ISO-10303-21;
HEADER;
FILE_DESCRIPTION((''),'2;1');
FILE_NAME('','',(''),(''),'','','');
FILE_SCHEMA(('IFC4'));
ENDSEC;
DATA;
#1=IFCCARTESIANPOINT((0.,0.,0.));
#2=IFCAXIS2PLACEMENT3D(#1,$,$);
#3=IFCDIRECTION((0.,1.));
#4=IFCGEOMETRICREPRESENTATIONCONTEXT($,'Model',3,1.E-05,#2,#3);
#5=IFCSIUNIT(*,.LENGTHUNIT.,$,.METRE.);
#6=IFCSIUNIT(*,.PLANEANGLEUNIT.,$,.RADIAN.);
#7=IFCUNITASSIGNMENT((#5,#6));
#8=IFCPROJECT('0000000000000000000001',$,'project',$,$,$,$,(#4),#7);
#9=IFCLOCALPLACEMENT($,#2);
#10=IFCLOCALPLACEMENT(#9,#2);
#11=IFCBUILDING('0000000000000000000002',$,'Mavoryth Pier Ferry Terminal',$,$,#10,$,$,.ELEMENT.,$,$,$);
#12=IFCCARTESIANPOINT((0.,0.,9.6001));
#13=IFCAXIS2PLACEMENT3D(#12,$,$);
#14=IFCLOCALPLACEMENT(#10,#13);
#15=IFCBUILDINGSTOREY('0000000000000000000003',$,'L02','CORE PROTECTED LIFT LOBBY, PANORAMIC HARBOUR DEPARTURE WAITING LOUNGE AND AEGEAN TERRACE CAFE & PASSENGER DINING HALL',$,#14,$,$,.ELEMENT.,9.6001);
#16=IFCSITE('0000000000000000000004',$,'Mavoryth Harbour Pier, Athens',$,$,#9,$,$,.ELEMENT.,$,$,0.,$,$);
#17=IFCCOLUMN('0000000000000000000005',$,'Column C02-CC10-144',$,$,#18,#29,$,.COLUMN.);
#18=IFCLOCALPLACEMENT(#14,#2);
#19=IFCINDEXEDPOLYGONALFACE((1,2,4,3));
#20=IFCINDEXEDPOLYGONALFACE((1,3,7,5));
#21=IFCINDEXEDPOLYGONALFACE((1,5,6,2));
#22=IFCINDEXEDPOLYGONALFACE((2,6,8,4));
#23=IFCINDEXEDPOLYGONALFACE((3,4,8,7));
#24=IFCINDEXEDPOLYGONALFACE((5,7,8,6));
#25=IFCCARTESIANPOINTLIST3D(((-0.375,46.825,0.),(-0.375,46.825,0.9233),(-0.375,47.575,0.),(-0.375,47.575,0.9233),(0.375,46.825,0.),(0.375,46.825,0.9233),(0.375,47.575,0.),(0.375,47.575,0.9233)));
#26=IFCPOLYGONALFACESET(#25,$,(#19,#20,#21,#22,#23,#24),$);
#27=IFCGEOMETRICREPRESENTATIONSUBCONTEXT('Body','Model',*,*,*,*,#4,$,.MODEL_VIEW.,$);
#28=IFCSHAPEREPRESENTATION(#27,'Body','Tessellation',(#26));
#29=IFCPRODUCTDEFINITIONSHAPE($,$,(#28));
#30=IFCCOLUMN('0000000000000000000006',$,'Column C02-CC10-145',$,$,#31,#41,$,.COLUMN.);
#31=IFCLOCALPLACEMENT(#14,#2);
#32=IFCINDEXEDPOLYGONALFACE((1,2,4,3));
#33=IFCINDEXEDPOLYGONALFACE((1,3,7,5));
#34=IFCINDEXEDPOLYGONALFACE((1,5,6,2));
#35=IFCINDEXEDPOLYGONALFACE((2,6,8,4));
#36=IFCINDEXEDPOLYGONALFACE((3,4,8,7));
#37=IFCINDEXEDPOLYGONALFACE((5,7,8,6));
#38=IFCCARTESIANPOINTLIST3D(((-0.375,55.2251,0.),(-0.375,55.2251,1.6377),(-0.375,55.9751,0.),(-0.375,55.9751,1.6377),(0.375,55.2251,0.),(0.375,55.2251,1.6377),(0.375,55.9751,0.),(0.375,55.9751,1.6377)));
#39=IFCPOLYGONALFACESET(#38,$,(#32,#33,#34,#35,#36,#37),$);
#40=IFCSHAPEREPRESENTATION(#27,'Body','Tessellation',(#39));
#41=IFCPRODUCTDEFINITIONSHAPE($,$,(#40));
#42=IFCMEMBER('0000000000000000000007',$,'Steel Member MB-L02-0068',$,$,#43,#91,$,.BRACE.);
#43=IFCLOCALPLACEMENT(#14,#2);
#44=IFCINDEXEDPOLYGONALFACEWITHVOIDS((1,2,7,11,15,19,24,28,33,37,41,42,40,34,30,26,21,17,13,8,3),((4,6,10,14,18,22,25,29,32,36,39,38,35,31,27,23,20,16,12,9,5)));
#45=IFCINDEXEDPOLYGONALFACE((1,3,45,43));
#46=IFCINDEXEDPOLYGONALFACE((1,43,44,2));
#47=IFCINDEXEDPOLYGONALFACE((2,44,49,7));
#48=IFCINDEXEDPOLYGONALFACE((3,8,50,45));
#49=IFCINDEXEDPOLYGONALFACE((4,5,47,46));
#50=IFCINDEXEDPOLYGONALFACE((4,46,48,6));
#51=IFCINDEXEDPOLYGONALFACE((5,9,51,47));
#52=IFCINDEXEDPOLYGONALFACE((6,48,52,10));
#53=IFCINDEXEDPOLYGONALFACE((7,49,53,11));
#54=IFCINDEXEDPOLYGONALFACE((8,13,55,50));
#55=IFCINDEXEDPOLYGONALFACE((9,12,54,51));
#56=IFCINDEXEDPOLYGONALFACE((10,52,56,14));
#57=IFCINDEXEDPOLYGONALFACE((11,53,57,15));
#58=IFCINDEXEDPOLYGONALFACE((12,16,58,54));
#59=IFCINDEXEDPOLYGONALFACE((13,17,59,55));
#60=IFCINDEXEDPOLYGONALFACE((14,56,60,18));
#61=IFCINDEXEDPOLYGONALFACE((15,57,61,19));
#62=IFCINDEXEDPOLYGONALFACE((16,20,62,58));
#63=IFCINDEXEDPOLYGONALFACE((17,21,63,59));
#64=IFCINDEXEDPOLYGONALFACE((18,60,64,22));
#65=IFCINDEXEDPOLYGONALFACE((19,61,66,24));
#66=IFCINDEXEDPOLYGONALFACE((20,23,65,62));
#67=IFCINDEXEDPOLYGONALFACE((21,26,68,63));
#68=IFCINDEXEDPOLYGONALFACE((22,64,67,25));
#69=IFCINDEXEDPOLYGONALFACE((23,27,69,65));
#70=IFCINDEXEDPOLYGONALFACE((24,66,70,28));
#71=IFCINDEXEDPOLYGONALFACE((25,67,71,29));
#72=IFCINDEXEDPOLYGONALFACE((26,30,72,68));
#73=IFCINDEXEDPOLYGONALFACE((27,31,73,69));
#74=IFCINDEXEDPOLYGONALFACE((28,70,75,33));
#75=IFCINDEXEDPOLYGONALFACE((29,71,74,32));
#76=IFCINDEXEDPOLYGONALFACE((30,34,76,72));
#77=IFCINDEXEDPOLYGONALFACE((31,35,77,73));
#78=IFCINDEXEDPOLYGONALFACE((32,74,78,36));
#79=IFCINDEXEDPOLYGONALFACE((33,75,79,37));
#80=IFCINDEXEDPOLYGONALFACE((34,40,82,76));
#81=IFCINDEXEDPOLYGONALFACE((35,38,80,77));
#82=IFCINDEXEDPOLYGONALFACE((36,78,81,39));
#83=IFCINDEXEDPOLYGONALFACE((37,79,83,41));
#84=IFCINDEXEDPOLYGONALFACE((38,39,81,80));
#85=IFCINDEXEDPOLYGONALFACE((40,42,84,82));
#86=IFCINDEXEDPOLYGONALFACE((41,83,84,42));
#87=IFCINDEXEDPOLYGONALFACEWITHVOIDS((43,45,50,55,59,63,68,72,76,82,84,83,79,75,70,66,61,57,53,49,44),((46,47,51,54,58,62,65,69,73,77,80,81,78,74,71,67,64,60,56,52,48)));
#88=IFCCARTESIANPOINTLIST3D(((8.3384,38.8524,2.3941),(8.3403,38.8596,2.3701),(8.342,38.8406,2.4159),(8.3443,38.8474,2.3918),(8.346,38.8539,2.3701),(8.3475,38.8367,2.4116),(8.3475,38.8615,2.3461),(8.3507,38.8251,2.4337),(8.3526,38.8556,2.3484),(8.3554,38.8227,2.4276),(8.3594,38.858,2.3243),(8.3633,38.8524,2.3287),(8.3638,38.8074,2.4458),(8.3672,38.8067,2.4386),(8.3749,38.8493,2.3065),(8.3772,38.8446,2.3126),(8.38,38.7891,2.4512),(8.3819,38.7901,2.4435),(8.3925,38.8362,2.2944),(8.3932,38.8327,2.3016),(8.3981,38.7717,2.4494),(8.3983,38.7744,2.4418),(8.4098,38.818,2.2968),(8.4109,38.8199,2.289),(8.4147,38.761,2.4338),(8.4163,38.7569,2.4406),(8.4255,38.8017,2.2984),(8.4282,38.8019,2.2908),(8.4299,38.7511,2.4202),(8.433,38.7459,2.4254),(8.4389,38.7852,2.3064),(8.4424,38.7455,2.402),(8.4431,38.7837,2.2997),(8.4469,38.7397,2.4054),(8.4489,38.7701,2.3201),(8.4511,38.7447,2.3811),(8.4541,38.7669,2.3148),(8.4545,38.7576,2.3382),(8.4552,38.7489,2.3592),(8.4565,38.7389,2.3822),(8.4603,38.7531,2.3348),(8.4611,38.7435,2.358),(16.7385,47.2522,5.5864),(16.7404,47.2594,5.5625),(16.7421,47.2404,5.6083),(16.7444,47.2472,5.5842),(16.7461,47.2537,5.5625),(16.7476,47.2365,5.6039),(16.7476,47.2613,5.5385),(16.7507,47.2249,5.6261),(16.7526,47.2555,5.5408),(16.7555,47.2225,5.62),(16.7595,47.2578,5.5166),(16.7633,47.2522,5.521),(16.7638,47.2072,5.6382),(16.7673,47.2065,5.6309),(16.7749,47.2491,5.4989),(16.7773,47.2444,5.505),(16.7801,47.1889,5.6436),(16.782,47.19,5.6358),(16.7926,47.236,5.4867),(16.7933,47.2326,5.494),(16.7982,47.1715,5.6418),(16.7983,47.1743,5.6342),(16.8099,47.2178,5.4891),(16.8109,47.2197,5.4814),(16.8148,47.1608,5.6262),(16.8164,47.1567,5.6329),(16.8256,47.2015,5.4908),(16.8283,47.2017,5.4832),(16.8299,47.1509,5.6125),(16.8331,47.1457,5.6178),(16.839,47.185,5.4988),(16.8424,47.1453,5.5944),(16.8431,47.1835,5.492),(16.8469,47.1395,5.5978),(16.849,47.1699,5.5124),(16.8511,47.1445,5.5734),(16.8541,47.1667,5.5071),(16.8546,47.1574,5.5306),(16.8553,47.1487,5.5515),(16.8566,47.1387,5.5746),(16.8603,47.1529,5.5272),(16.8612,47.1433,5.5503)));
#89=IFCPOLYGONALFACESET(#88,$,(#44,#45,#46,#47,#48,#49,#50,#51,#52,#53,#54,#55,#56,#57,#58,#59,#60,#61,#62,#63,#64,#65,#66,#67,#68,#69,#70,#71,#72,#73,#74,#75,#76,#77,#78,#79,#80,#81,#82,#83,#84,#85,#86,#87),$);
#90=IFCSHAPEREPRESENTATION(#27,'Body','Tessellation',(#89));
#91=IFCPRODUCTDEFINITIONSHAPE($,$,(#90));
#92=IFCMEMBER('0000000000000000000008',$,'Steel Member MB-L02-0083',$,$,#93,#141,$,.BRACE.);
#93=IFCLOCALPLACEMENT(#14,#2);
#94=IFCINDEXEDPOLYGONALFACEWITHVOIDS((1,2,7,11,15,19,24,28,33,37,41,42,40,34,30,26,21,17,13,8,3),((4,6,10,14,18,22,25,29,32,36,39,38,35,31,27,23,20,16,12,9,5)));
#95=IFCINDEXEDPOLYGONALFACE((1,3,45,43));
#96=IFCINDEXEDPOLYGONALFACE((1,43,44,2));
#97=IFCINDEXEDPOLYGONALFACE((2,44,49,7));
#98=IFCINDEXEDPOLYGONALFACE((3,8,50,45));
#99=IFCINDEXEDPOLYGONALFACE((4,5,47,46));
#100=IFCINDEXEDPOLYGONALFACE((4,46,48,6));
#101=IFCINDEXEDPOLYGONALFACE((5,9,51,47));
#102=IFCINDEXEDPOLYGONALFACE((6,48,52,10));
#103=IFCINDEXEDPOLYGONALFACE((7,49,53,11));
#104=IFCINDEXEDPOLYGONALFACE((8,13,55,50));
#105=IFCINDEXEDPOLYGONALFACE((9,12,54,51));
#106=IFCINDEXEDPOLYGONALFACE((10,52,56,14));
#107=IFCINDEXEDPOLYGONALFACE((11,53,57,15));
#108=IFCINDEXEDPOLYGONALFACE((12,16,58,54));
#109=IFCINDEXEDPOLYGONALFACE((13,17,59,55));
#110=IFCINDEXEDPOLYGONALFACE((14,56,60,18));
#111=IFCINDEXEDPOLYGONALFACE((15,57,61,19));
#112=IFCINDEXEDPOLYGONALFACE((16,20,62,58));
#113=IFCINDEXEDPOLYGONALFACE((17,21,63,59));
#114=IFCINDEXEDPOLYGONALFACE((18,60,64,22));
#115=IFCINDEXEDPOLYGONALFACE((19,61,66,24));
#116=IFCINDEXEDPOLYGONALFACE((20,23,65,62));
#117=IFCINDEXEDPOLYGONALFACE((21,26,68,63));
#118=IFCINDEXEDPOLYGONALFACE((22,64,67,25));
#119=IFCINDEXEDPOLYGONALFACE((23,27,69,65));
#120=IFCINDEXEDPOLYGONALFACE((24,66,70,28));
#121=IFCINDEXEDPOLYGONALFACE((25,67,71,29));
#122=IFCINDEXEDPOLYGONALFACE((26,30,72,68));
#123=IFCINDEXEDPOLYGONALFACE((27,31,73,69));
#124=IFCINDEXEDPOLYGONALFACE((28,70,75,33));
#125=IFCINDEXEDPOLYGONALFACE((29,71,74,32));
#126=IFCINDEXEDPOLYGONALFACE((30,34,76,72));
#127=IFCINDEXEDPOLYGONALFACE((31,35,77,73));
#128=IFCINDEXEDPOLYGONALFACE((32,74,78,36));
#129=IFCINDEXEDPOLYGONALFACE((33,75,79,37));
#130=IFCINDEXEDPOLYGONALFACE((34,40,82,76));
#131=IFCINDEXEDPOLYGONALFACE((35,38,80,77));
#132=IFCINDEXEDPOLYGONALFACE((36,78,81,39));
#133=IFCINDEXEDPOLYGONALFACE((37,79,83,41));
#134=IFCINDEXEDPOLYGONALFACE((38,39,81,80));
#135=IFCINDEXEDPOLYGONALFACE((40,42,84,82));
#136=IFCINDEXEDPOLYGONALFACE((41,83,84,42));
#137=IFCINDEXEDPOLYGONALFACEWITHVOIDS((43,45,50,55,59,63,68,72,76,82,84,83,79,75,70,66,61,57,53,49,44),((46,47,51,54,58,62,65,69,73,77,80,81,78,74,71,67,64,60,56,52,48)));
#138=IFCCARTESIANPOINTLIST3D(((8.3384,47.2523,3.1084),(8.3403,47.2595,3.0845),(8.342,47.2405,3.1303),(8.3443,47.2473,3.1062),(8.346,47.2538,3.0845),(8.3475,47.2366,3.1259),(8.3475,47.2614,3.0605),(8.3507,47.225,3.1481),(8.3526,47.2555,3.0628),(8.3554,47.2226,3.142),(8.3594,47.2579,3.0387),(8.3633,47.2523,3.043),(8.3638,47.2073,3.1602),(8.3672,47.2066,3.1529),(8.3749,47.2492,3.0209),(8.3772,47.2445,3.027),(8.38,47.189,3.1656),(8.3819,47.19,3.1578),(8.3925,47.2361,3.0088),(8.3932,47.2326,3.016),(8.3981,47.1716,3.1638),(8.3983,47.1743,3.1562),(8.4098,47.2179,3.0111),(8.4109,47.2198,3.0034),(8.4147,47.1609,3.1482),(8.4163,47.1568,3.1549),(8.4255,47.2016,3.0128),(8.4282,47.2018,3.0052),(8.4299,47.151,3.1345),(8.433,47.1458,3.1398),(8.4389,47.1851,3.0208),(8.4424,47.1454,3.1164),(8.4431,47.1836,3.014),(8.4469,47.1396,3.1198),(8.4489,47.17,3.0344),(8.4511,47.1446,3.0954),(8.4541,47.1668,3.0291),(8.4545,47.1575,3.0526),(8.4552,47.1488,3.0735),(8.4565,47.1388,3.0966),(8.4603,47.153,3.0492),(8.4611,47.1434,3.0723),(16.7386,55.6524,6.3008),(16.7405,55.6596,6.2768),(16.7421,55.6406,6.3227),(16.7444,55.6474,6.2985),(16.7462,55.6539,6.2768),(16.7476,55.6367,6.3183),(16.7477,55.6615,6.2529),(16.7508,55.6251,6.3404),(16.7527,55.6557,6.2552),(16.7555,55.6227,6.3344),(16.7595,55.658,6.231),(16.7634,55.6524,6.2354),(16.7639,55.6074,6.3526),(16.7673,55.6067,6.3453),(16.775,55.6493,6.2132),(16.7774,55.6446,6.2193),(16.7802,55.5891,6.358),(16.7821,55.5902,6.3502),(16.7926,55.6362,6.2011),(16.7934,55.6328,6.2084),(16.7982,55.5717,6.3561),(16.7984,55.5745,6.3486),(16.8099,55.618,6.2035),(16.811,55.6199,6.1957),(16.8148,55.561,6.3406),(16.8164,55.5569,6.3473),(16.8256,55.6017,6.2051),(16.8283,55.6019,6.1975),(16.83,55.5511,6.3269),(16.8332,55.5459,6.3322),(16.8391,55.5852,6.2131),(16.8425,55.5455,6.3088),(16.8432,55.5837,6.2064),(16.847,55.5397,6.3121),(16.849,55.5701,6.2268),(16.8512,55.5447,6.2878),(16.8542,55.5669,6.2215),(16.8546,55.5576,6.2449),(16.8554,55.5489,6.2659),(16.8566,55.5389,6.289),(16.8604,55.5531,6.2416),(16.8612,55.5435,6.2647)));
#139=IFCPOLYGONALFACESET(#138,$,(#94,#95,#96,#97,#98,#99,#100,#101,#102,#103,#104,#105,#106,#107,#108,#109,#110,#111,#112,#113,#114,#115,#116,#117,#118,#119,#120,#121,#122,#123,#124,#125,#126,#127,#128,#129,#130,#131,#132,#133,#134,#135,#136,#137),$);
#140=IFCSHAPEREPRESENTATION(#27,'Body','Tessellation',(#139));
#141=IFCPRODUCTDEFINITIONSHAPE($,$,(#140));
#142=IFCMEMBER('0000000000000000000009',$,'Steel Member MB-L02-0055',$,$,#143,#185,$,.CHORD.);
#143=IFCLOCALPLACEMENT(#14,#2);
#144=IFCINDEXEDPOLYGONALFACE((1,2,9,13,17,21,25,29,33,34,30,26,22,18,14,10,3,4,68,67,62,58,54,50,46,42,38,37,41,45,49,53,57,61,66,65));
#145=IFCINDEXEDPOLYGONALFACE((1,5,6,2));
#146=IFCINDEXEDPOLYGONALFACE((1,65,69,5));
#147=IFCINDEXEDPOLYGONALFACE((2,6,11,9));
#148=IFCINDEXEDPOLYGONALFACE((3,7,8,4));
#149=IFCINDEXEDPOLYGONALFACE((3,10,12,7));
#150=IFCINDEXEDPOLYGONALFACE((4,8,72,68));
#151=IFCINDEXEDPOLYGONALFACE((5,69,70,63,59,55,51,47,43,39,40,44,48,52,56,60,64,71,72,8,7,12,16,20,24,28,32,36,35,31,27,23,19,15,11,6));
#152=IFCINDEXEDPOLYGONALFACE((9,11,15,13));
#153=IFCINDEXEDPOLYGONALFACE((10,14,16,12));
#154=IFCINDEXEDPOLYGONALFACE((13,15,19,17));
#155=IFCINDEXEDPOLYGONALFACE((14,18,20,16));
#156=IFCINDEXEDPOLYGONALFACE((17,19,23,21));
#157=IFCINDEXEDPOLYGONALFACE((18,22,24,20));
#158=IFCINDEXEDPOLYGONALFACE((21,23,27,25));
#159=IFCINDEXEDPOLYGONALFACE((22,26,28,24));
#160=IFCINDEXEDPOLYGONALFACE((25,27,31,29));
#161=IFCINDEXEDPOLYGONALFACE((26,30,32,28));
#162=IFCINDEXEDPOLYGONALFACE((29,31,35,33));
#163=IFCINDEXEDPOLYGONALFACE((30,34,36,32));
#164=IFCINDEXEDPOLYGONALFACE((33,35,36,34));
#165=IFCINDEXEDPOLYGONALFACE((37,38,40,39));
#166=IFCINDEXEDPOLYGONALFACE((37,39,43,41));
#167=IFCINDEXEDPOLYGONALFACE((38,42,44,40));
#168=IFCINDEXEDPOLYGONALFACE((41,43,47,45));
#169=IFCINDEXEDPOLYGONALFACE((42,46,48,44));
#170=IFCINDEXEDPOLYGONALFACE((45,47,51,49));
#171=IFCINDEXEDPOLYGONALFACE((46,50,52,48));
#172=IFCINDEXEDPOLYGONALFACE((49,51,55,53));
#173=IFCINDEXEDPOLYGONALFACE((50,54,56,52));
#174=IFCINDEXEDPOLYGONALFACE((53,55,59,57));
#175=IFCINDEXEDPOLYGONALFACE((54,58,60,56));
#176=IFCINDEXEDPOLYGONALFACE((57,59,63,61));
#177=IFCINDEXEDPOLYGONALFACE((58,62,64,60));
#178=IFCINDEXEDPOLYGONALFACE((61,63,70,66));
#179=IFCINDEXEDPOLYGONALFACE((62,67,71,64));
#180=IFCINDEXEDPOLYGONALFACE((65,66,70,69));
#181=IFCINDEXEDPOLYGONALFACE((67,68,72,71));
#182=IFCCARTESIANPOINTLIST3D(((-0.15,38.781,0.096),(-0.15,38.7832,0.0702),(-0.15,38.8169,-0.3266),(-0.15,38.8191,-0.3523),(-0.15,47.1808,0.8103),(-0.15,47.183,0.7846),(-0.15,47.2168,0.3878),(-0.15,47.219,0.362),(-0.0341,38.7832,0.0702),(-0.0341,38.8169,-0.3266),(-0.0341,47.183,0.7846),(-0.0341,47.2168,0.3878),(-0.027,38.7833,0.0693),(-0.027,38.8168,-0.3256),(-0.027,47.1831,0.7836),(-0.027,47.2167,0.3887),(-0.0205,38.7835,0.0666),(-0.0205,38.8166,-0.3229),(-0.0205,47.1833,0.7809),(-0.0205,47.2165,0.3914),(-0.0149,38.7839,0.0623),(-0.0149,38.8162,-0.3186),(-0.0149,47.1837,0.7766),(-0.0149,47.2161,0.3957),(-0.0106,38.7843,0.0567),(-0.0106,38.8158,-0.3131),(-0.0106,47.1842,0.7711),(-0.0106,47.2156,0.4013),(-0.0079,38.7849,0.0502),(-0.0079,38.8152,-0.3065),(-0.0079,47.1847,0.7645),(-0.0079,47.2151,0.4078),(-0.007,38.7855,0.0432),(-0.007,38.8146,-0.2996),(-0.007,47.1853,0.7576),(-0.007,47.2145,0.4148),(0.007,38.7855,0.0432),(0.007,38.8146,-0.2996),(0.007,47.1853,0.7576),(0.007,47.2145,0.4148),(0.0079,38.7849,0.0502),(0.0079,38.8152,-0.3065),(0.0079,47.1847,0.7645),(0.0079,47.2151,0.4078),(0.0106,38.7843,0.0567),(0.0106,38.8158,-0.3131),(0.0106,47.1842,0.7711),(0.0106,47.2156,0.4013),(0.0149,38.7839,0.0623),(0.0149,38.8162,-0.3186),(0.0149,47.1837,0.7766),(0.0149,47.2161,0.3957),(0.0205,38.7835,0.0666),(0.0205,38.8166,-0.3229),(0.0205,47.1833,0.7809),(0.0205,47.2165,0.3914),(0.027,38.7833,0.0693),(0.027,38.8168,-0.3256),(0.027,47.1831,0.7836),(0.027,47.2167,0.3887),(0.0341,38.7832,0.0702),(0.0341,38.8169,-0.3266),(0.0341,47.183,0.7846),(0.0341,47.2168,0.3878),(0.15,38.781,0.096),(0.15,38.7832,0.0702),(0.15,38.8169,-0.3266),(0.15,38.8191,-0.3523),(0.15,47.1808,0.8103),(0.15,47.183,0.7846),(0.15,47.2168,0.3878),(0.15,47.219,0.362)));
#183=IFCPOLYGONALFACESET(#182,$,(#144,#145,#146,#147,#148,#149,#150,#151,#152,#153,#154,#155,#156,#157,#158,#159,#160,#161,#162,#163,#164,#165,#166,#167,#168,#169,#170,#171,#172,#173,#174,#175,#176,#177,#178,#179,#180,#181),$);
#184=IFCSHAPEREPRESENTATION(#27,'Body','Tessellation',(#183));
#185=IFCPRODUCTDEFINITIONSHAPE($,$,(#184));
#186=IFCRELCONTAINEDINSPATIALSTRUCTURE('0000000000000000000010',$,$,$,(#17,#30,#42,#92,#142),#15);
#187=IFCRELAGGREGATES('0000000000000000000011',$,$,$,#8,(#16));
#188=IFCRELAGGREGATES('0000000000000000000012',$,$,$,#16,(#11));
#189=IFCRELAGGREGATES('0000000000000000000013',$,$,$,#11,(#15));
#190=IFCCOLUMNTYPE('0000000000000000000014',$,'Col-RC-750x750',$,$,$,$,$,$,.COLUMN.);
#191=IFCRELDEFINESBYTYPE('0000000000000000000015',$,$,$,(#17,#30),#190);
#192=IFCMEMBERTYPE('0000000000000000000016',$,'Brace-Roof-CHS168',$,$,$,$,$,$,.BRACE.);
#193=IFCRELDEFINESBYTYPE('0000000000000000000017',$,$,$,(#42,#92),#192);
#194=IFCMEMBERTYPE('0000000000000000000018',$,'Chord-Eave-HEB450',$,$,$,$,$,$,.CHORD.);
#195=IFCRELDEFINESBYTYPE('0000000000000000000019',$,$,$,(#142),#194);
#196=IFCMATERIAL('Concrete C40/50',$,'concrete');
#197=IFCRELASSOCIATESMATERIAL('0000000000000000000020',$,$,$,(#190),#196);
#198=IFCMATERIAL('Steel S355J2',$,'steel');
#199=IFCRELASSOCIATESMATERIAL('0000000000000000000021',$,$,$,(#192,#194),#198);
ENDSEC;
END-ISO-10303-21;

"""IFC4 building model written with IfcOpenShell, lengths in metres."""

from ifc_helpers import new_model, si_unit, direction, frame, origin, origin_2d, place, context, subcontext, project, spatial, rectangle, hollow_circle, i_section, extrude, material, material_profile, profile_set, type_object, element, save


model = new_model("IFC4")

# Units and contexts
model_context = context("Model", 3, precision=1e-05, world=origin(), true_north=direction((0.0, 1.0)))
body_context = subcontext(model_context, "Body", "Model", "MODEL_VIEW")
ifc_project = project(units=[si_unit("LENGTHUNIT", "METRE"), si_unit("PLANEANGLEUNIT", "RADIAN")], contexts=[model_context])

# Site, building, storey
site_placement = place(None, origin())
site = spatial("IfcSite", under=ifc_project, at=site_placement, Name="Mavoryth Harbour Pier, Athens", CompositionType="ELEMENT", RefElevation=0.0)
building_placement = place(site_placement, origin())
building = spatial("IfcBuilding", under=site, at=building_placement, Name="Mavoryth Pier Ferry Terminal", CompositionType="ELEMENT")
storey_placement = place(building_placement, frame((0.0, 0.0, 9.6001)))
storey = spatial("IfcBuildingStorey", under=building, at=storey_placement, Name="L02", Description="CORE PROTECTED LIFT LOBBY, PANORAMIC HARBOUR DEPARTURE WAITING LOUNGE AND AEGEAN TERRACE CAFE & PASSENGER DINING HALL", CompositionType="ELEMENT", Elevation=9.6001)

# Columns
ifc_material_1 = material(Name="Concrete C40/50", Category="concrete")
ifc_material_profile_1 = material_profile(ifc_material_1, rectangle(XDim=0.75, YDim=0.75, at=origin_2d()), Name="RC 750x750", Category="concrete")
ifc_profile_set_1 = profile_set([ifc_material_profile_1], Name="Concrete C40/50 - RC 750x750")
column_type = type_object("IfcColumnType", Name="Col-RC-750x750", PredefinedType="COLUMN", material=ifc_profile_set_1)
column_1_placement = place(storey_placement, frame((0.0, 47.2, 0.0), z_axis=(0.0, 0.0, 1.0), x_axis=(1.0, 0.0, 0.0)))
element("IfcColumn", 1, at=column_1_placement, inside=storey, type_object=column_type, Name="Column C02-CC10-144", PredefinedType="COLUMN", context=body_context, shape_type="SweptSolid", body=[
    extrude(rectangle(XDim=0.75, YDim=0.75, at=origin_2d()), origin(), (0.0, 0.0, 1.0), 0.9233),
])
column_2_placement = place(storey_placement, frame((0.0, 55.6001, 0.0), z_axis=(0.0, 0.0, 1.0), x_axis=(1.0, 0.0, 0.0)))
element("IfcColumn", 2, at=column_2_placement, inside=storey, type_object=column_type, Name="Column C02-CC10-145", PredefinedType="COLUMN", context=body_context, shape_type="SweptSolid", body=[
    extrude(rectangle(XDim=0.75, YDim=0.75, at=origin_2d()), origin(), (0.0, 0.0, 1.0), 1.6377),
])

# Members
ifc_material_2 = material(Name="Steel S355J2", Category="steel")
ifc_material_profile_2 = material_profile(ifc_material_2, hollow_circle(Radius=0.0842, WallThickness=0.0081, at=origin_2d()), Name="CHS 168.3x8.0", Category="steel")
ifc_profile_set_2 = profile_set([ifc_material_profile_2], Name="Steel S355J2 - CHS 168.3x8.0")
member_type_1 = type_object("IfcMemberType", Name="Brace-Roof-CHS168", PredefinedType="BRACE", material=ifc_profile_set_2)
member_1_placement = place(storey_placement, frame((8.3999, 38.8, 2.3701), z_axis=(0.682889, 0.682869, 0.259524), x_axis=(-0.707097, 0.707117, 0.0)))
element("IfcMember", 3, at=member_1_placement, inside=storey, type_object=member_type_1, Name="Steel Member MB-L02-0068", PredefinedType="BRACE", context=body_context, shape_type="SweptSolid", body=[
    extrude(hollow_circle(Radius=0.0842, WallThickness=0.0081, at=origin_2d()), origin(), (0.0, 0.0, 1.0), 12.3008),
])
member_2_placement = place(storey_placement, frame((8.3999, 47.2, 3.0845), z_axis=(0.68288, 0.68288, 0.259521), x_axis=(-0.707107, 0.707107, 0.0)))
element("IfcMember", 4, at=member_2_placement, inside=storey, type_object=member_type_1, Name="Steel Member MB-L02-0083", PredefinedType="BRACE", context=body_context, shape_type="SweptSolid", body=[
    extrude(hollow_circle(Radius=0.0842, WallThickness=0.0081, at=origin_2d()), origin(), (0.0, 0.0, 1.0), 12.301),
])
ifc_material_profile_3 = material_profile(ifc_material_2, i_section(OverallWidth=0.3, OverallDepth=0.45, WebThickness=0.0139, FlangeThickness=0.0259, FilletRadius=0.0271, at=origin_2d()), Name="HEB 450", Category="steel")
ifc_profile_set_3 = profile_set([ifc_material_profile_3], Name="Steel S355J2 - HEB 450")
member_type_2 = type_object("IfcMemberType", Name="Chord-Eave-HEB450", PredefinedType="CHORD", material=ifc_profile_set_3)
member_3_placement = place(storey_placement, frame((0.0, 38.8, -0.1282), z_axis=(0.0, 0.996403, 0.084737), x_axis=(-1.0, 0.0, 0.0)))
element("IfcMember", 5, at=member_3_placement, inside=storey, type_object=member_type_2, Name="Steel Member MB-L02-0055", PredefinedType="CHORD", context=body_context, shape_type="SweptSolid", body=[
    extrude(i_section(OverallWidth=0.3, OverallDepth=0.45, WebThickness=0.0139, FlangeThickness=0.0259, FilletRadius=0.0271, at=origin_2d()), origin(), (0.0, 0.0, 1.0), 8.4302),
])

save(model, "model.ifc")
